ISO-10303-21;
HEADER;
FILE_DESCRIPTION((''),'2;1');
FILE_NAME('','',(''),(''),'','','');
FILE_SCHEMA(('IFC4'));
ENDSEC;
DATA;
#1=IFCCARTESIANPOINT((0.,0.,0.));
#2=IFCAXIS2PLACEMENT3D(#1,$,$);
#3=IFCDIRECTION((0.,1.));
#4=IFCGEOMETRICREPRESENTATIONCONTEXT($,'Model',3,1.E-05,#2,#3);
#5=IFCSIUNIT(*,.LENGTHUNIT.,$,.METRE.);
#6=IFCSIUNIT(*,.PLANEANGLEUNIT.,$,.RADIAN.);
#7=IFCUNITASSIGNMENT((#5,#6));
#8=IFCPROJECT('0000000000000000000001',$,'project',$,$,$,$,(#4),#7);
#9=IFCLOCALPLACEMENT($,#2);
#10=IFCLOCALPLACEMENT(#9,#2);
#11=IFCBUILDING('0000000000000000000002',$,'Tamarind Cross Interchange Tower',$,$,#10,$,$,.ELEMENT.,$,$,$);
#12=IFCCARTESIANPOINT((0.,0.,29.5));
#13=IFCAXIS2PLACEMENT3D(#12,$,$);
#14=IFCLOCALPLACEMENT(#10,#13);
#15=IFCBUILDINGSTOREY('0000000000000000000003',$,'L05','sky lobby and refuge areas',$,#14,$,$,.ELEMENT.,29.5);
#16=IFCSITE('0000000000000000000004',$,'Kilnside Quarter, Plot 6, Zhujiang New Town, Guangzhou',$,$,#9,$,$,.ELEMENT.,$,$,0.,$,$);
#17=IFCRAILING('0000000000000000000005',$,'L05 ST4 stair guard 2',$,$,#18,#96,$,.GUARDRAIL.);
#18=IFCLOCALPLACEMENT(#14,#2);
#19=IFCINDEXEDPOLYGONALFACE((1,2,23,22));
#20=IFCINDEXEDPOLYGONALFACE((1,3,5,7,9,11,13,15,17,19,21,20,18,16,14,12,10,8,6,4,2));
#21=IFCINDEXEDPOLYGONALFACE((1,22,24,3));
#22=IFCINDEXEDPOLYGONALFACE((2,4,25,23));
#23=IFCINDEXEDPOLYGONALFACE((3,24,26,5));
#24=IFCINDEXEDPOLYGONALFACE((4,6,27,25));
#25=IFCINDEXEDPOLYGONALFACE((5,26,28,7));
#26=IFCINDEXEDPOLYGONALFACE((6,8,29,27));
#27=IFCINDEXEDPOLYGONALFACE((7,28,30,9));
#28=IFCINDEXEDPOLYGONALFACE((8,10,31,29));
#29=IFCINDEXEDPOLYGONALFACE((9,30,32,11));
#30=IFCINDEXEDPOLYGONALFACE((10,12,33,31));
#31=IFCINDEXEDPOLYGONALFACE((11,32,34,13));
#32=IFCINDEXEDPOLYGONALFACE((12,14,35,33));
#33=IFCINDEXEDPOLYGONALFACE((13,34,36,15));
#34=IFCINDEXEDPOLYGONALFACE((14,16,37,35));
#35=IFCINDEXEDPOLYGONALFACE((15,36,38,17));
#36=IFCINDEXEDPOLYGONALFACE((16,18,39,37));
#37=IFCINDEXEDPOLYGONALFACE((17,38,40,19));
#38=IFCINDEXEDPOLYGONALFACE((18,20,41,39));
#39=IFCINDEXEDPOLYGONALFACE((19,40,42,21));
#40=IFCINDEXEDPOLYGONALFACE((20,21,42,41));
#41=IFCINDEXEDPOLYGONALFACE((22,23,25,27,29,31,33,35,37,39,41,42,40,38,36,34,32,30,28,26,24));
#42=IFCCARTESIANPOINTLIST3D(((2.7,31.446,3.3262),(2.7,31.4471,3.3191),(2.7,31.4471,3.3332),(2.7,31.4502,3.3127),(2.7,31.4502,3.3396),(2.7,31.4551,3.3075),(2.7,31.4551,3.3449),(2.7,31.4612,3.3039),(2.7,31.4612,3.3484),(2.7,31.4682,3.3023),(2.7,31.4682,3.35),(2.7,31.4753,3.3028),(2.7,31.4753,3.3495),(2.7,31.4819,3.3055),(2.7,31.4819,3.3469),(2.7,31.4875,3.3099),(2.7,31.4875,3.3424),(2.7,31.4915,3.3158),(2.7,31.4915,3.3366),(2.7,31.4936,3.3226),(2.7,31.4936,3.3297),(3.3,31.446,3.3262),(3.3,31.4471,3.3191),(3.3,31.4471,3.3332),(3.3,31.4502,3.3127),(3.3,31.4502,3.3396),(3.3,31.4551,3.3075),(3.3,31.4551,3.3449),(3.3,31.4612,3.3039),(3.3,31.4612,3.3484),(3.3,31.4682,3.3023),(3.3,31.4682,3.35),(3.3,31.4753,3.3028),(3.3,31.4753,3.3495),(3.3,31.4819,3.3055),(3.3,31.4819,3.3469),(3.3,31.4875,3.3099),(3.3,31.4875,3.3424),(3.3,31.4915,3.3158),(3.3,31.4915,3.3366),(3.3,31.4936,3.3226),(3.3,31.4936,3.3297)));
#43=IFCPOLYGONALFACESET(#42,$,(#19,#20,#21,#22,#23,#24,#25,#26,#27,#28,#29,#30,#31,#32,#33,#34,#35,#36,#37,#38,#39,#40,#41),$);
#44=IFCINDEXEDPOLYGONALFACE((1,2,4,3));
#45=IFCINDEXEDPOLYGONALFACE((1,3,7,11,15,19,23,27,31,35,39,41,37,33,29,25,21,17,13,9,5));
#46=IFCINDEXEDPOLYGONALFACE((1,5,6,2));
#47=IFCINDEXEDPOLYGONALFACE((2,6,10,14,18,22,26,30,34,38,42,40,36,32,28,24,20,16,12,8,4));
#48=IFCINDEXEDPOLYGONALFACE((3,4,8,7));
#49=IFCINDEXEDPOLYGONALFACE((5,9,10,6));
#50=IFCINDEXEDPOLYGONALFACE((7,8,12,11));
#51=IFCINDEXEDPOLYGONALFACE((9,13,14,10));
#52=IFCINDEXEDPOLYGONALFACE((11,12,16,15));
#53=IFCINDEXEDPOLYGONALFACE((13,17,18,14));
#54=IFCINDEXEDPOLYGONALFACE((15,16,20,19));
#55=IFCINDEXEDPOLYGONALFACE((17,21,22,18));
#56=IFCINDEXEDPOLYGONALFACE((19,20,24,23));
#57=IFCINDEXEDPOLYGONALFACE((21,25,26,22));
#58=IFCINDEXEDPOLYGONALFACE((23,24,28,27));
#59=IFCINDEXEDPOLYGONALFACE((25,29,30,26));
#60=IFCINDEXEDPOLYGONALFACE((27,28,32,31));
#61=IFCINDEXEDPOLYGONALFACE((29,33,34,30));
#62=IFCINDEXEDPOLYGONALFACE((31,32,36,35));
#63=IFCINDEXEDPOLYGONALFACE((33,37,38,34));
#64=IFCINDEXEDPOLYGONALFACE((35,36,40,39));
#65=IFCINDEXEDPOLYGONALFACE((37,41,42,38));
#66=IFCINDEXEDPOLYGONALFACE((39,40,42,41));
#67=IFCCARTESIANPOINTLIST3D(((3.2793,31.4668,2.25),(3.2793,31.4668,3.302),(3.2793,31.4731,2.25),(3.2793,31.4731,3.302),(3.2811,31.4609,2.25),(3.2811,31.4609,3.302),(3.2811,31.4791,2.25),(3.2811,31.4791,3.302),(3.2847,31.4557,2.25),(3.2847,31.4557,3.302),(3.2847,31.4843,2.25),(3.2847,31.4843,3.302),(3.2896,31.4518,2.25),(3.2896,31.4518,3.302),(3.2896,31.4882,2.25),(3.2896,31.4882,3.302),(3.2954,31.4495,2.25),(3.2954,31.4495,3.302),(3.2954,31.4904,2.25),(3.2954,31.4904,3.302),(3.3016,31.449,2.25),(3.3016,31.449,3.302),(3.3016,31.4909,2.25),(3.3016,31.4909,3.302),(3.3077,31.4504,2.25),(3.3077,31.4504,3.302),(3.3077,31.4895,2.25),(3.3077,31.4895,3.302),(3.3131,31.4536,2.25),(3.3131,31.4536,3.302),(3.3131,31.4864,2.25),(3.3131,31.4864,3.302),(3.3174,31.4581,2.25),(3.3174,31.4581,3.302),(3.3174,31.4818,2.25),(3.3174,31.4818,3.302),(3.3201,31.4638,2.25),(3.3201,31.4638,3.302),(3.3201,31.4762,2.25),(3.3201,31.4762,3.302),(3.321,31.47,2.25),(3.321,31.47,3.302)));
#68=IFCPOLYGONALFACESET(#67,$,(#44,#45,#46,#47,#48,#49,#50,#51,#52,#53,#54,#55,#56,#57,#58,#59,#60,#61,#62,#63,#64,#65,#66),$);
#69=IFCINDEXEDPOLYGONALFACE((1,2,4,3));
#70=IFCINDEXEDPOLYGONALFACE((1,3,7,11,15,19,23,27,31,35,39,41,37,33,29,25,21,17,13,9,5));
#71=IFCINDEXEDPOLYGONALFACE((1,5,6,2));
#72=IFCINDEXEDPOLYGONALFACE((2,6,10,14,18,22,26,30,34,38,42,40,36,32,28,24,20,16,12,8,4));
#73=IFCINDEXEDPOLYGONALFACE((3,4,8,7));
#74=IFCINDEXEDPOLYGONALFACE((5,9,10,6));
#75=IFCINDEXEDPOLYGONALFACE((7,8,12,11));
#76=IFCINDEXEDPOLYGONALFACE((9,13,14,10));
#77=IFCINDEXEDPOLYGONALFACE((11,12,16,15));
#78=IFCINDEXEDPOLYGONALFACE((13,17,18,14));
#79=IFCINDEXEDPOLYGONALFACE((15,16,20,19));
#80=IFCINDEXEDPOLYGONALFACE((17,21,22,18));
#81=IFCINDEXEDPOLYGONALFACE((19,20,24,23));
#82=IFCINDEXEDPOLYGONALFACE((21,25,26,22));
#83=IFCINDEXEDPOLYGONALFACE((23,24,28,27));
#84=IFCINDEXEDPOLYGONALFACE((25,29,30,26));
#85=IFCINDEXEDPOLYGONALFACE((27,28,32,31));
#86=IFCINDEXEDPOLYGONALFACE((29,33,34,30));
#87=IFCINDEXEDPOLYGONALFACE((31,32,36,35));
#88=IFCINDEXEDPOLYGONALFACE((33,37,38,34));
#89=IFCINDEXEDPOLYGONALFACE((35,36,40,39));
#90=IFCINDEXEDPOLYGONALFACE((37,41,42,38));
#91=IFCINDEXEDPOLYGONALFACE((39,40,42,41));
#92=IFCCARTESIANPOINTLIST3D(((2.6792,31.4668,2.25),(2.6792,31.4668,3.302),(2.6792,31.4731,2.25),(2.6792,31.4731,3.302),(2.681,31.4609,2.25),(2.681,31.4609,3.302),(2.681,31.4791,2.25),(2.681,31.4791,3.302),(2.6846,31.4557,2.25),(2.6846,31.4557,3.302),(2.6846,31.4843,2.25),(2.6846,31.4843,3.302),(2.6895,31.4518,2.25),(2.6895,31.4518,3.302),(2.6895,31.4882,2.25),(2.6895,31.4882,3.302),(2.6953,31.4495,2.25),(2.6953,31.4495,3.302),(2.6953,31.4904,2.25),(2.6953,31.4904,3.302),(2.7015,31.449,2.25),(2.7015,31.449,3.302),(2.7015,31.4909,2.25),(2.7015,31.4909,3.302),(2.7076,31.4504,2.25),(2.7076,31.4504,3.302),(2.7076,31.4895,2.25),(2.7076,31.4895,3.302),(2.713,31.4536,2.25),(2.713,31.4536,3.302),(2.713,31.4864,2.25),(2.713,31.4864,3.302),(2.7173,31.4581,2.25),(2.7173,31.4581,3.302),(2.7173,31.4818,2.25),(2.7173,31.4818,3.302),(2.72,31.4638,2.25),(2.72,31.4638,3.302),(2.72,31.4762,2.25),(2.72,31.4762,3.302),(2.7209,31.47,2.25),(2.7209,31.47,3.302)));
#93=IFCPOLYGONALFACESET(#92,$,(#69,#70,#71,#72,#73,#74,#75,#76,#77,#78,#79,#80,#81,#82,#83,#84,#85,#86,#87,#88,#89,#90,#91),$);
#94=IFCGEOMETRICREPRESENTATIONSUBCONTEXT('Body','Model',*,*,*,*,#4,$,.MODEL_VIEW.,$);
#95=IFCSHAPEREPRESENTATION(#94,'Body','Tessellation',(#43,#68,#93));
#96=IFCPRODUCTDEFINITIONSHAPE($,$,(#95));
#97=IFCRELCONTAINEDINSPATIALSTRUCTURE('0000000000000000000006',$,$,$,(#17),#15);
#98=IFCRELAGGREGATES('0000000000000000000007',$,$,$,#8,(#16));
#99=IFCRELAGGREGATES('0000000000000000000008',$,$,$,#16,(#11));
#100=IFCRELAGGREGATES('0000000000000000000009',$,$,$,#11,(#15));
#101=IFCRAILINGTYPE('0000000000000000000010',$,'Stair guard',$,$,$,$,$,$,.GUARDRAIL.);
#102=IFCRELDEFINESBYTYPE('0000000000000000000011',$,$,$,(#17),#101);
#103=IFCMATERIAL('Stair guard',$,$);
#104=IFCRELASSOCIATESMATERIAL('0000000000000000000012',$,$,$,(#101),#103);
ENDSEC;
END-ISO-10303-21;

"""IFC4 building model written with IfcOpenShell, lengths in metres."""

from ifc_helpers import new_model, si_unit, direction, frame, origin, origin_2d, place, context, subcontext, project, spatial, circle, extrude, material, type_object, element, save


model = new_model("IFC4")

# Units and contexts
model_context = context("Model", 3, precision=1e-05, world=origin(), true_north=direction((0.0, 1.0)))
body_context = subcontext(model_context, "Body", "Model", "MODEL_VIEW")
ifc_project = project(units=[si_unit("LENGTHUNIT", "METRE"), si_unit("PLANEANGLEUNIT", "RADIAN")], contexts=[model_context])

# Site, building, storey
site_placement = place(None, origin())
site = spatial("IfcSite", under=ifc_project, at=site_placement, Name="Kilnside Quarter, Plot 6, Zhujiang New Town, Guangzhou", CompositionType="ELEMENT", RefElevation=0.0)
building_placement = place(site_placement, origin())
building = spatial("IfcBuilding", under=site, at=building_placement, Name="Tamarind Cross Interchange Tower", CompositionType="ELEMENT")
storey_placement = place(building_placement, frame((0.0, 0.0, 29.5)))
storey = spatial("IfcBuildingStorey", under=building, at=storey_placement, Name="L05", Description="sky lobby and refuge areas", CompositionType="ELEMENT", Elevation=29.5)

# Railing
ifc_material_1 = material(Name="Stair guard")
railing_type_1 = type_object("IfcRailingType", Name="Stair guard", PredefinedType="GUARDRAIL", material=ifc_material_1)
railing_1_placement = place(storey_placement, frame((3.3, 31.47, 2.25)))
element("IfcRailing", 1, at=railing_1_placement, inside=storey, type_object=railing_type_1, Name="L05 ST4 stair guard 2", PredefinedType="GUARDRAIL", context=body_context, shape_type="SweptSolid", body=[
    extrude(circle(Radius=0.0239, at=origin_2d()), frame((0.0, 0.0, 1.0762), z_axis=(-1.0, 0.0, 0.0), x_axis=(0.0, -1.0, 0.0)), (0.0, 0.0, 1.0), 0.6001),
    extrude(circle(Radius=0.021, at=origin_2d()), origin(), (0.0, 0.0, 1.0), 1.052),
    extrude(circle(Radius=0.021, at=origin_2d()), frame((-0.6001, 0.0, 0.0)), (0.0, 0.0, 1.0), 1.052),
])

save(model, "model.ifc")
